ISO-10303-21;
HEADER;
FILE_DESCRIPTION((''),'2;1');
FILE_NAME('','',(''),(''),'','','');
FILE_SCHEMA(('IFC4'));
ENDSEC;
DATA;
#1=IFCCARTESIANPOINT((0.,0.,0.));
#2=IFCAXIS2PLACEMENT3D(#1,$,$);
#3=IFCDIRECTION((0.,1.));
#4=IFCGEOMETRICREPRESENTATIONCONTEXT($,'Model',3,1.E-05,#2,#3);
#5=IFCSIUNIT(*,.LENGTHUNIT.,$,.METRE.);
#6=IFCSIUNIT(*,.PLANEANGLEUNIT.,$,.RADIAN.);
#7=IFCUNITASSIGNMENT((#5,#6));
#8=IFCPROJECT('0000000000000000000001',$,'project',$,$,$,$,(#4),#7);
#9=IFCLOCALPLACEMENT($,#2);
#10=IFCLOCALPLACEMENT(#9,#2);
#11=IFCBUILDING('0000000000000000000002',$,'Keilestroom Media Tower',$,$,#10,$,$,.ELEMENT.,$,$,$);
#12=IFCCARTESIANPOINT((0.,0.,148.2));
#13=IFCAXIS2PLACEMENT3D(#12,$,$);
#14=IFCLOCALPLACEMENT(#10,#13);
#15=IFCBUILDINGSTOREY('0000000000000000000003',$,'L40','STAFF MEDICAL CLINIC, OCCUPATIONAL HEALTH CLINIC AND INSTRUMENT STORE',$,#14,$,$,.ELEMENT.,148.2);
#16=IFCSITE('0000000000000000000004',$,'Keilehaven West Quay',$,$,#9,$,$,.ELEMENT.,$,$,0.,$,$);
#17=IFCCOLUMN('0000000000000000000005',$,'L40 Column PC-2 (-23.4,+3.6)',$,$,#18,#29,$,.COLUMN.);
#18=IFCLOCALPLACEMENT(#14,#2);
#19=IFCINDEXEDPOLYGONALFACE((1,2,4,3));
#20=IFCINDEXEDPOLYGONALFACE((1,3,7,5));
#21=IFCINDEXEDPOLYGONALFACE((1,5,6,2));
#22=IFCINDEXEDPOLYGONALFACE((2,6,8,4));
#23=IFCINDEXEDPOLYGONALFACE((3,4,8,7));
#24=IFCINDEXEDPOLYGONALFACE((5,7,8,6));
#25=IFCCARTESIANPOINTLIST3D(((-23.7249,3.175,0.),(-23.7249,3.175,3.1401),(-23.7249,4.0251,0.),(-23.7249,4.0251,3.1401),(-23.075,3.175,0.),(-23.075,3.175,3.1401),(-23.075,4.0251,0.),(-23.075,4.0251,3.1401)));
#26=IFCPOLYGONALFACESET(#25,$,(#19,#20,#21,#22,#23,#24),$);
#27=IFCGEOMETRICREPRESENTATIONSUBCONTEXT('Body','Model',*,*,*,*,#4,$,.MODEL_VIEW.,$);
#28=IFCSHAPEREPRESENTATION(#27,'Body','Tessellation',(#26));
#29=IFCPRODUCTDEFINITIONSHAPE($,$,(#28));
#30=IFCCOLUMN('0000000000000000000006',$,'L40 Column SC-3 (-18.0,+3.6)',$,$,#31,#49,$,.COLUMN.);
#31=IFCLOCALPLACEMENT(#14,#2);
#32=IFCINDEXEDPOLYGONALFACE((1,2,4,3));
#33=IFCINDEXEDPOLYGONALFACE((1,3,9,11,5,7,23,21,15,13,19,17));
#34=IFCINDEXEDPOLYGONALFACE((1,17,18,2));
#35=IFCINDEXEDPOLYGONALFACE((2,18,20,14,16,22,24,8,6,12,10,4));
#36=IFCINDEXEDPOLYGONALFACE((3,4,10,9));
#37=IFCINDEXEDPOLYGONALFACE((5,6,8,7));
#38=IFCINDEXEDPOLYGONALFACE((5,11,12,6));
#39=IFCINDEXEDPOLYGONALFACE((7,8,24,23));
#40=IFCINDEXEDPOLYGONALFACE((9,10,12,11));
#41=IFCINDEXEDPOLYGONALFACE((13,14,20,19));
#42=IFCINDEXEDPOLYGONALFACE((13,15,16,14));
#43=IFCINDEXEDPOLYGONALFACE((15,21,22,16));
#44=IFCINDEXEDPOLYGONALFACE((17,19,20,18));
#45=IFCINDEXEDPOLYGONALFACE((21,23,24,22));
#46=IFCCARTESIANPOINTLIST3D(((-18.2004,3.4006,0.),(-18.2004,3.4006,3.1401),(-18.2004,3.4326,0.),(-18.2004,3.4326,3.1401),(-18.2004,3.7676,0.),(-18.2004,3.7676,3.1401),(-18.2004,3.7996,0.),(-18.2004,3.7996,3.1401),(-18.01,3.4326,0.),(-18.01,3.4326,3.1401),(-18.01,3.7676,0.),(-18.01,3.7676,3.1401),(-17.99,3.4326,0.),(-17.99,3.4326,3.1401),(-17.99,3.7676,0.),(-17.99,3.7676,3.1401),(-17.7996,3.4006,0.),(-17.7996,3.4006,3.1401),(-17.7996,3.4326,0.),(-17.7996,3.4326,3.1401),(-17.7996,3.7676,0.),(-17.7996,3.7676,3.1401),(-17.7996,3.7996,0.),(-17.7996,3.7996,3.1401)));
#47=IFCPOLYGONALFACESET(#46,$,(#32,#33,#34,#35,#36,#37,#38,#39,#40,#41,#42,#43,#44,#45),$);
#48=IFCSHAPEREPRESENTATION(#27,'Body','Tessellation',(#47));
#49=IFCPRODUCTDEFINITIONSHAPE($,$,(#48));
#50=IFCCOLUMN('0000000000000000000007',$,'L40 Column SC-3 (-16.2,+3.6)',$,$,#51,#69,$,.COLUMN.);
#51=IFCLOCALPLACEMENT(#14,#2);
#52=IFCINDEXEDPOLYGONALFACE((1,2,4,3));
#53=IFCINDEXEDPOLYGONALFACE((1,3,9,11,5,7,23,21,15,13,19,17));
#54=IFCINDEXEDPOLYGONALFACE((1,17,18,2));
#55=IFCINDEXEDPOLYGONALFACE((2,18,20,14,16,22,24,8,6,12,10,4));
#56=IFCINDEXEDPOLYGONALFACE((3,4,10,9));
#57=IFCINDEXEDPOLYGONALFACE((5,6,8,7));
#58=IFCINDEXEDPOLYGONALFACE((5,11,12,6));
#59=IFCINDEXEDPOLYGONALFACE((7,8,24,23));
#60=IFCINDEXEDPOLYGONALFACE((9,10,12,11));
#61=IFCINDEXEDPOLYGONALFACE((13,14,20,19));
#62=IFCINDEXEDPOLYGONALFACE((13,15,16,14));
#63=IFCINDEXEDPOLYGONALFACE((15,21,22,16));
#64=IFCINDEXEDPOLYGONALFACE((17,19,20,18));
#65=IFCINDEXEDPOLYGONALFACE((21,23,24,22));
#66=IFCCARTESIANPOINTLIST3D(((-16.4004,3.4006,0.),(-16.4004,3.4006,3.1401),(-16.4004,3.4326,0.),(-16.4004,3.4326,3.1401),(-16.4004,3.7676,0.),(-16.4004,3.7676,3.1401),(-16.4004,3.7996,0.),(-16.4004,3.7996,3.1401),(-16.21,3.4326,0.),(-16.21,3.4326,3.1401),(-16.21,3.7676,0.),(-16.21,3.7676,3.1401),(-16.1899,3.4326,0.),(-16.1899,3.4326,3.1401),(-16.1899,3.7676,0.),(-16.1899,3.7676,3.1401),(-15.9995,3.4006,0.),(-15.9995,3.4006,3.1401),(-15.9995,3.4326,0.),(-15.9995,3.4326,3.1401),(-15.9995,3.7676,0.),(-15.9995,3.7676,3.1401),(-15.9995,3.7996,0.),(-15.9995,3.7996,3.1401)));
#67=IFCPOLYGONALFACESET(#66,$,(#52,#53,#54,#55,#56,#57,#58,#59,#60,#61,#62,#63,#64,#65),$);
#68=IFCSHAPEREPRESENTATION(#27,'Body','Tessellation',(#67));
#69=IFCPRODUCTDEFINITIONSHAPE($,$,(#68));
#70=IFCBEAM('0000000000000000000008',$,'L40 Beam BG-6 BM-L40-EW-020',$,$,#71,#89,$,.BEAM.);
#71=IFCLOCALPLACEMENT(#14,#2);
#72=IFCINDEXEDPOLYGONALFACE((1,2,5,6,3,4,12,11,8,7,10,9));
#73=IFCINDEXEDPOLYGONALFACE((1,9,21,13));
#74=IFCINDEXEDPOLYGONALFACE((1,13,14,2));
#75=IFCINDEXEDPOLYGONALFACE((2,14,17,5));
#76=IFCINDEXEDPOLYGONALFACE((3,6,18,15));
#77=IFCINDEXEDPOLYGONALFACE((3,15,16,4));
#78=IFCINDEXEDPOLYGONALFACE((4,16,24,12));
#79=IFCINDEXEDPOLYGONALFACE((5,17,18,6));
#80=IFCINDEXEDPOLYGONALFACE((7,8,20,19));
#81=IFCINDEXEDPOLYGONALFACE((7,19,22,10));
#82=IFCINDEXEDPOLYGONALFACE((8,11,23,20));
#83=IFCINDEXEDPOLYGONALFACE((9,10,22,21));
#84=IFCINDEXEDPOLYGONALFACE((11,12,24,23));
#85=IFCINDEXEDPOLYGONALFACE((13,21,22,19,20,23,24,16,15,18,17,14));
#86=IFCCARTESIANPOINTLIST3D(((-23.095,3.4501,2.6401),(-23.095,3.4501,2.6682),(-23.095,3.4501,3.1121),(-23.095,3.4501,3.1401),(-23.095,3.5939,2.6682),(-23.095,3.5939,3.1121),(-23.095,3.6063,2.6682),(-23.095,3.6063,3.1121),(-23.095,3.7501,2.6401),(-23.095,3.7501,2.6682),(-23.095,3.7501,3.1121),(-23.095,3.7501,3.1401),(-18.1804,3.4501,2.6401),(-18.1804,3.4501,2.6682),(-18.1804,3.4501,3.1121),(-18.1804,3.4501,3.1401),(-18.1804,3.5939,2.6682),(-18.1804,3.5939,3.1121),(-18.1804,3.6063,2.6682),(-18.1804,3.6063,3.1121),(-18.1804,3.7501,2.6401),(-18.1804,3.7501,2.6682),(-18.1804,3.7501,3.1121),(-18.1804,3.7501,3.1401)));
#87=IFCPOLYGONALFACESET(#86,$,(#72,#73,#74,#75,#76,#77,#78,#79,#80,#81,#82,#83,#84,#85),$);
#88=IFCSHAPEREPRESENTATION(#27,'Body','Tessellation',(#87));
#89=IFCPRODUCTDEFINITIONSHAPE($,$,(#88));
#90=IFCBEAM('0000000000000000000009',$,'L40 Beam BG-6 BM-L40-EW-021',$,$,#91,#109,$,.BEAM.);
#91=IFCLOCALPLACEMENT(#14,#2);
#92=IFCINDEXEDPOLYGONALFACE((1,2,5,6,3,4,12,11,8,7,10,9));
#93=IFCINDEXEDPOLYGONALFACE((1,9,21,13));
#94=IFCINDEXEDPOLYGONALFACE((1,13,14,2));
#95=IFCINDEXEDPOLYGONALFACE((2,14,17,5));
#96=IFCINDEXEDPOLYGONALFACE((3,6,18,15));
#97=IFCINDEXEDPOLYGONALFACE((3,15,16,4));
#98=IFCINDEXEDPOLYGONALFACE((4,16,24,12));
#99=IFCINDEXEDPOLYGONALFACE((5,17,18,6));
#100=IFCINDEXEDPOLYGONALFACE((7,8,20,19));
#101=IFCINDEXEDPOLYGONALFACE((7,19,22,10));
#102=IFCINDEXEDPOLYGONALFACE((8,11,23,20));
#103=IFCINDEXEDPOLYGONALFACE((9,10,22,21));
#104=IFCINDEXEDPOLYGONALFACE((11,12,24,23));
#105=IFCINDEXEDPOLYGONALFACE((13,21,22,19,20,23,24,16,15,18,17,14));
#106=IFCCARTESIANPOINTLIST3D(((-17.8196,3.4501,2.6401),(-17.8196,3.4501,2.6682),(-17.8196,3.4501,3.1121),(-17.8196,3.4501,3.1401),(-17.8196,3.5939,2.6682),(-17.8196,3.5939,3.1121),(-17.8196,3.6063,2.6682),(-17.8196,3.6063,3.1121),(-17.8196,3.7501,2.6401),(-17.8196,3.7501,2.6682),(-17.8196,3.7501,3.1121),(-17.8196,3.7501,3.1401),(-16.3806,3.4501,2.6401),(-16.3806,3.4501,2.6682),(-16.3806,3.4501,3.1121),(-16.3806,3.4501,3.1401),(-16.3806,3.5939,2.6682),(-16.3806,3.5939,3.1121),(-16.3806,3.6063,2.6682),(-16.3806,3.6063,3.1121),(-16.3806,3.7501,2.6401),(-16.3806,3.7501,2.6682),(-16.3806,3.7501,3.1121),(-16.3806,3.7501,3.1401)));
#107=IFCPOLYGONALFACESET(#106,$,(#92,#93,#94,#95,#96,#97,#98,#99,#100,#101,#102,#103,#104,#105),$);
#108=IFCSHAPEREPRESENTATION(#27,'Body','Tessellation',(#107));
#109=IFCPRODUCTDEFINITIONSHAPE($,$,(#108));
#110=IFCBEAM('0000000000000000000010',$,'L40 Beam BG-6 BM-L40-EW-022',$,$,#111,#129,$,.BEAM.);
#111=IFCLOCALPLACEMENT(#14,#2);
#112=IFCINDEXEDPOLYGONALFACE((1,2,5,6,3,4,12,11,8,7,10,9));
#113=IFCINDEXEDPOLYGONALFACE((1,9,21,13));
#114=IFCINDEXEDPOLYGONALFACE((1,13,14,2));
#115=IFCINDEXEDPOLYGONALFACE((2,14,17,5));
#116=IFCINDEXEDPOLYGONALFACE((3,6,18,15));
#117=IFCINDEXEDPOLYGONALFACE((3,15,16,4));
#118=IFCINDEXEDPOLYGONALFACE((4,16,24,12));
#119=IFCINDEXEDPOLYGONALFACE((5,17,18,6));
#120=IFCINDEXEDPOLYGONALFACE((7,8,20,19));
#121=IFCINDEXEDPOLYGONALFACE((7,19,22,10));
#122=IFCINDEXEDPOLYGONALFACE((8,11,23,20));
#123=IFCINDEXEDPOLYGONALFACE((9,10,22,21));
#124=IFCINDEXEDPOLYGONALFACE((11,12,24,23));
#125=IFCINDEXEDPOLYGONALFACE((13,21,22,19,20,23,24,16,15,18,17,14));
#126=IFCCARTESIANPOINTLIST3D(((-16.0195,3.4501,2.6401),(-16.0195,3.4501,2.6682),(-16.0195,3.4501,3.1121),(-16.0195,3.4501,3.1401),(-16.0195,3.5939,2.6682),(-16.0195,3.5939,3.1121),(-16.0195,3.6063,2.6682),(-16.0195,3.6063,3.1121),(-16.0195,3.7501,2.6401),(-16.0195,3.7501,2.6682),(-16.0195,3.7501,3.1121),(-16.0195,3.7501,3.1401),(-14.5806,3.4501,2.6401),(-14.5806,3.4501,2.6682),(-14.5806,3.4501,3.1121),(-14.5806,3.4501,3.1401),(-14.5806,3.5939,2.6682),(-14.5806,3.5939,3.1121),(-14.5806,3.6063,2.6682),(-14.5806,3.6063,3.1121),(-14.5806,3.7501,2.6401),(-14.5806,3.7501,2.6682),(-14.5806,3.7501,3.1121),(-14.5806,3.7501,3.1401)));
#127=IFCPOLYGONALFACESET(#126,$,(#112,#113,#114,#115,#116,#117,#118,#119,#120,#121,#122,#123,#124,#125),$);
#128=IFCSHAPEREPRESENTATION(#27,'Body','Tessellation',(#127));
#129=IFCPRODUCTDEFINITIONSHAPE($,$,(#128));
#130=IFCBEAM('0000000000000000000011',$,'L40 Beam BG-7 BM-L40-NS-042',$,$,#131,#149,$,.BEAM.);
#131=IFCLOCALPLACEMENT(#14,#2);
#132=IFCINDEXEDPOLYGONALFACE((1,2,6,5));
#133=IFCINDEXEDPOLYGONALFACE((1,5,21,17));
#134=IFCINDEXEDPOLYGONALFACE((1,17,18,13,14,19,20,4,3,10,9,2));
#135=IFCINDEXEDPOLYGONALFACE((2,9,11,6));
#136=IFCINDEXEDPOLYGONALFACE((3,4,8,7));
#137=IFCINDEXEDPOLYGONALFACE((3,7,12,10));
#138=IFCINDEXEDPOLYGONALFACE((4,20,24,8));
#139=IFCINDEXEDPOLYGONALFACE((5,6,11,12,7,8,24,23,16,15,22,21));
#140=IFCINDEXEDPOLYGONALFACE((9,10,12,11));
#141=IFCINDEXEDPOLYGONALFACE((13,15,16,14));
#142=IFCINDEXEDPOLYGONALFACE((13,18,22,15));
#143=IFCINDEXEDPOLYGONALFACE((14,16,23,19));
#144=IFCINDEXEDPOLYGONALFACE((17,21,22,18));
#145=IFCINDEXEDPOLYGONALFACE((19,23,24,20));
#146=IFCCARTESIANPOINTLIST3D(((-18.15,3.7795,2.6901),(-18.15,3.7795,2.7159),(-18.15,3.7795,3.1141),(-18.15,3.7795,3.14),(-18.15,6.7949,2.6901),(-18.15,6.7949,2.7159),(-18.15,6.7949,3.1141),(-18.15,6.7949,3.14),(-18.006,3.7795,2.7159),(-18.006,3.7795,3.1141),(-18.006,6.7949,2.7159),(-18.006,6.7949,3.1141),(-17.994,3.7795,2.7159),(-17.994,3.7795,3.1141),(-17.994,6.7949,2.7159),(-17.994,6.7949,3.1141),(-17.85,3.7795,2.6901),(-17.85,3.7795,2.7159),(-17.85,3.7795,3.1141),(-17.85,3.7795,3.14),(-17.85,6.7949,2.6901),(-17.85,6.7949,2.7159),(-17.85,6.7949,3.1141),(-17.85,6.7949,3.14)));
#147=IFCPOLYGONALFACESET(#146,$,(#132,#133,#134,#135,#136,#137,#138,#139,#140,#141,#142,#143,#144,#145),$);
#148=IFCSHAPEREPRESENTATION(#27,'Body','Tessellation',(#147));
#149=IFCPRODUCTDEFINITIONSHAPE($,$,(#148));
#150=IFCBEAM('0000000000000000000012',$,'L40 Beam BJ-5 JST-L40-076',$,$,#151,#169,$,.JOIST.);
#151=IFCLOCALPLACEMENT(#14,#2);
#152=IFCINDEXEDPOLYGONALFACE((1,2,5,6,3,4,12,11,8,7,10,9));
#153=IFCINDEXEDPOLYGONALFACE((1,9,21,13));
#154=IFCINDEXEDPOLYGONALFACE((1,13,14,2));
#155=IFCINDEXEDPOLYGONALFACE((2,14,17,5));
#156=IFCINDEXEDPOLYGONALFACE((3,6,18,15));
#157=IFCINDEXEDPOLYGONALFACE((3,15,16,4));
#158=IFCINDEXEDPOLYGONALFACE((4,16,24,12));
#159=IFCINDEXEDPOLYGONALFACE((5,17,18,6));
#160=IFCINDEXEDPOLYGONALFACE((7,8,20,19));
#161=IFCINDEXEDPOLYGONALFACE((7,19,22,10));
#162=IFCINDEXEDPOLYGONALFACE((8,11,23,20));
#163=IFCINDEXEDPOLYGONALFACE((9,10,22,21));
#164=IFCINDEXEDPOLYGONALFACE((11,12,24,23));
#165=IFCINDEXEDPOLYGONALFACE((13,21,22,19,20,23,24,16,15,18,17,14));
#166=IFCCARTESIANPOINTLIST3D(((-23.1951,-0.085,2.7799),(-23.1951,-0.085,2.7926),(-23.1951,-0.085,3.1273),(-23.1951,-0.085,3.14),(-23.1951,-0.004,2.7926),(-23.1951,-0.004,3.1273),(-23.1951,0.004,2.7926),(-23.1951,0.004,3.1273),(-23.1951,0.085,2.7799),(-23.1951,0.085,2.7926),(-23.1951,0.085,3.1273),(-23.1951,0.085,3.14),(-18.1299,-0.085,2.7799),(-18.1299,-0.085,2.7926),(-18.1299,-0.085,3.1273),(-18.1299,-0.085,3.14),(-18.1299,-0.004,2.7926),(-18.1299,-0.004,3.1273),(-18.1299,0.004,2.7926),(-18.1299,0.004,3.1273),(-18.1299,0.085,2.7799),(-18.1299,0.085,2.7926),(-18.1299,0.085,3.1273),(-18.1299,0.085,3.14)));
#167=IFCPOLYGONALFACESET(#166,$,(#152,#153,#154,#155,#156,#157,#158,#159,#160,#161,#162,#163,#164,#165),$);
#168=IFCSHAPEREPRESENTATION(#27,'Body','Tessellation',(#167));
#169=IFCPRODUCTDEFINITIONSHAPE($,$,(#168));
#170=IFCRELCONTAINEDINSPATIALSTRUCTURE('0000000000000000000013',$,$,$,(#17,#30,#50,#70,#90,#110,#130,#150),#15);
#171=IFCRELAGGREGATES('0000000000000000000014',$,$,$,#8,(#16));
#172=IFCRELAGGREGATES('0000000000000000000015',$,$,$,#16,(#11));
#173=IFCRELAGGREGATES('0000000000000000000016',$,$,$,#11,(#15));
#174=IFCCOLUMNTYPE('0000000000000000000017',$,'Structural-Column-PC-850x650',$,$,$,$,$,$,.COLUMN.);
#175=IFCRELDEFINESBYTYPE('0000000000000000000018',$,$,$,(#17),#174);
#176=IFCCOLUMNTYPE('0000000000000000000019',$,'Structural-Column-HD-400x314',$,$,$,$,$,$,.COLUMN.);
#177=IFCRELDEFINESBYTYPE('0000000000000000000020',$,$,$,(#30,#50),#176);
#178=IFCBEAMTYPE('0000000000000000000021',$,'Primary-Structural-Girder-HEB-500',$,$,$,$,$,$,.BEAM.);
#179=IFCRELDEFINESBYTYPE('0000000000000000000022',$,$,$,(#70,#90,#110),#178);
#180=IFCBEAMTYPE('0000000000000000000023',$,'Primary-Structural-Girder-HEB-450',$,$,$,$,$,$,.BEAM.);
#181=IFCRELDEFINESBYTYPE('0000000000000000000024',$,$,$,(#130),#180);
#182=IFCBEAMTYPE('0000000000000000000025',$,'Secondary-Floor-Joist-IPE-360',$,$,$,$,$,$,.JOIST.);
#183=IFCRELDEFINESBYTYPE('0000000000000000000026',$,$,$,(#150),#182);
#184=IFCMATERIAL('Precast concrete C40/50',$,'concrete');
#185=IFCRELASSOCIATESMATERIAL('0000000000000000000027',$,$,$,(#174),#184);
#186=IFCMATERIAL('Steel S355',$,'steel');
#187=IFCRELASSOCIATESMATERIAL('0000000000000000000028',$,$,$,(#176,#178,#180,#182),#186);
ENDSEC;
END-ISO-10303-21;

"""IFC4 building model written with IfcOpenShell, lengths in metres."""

from ifc_helpers import new_model, si_unit, direction, frame, origin, origin_2d, place, context, subcontext, project, spatial, rectangle, i_section, extrude, source, transform, mapped, material, material_profile, profile_set, type_object, element, save


model = new_model("IFC4")

# Units and contexts
model_context = context("Model", 3, precision=1e-05, world=origin(), true_north=direction((0.0, 1.0)))
body_context = subcontext(model_context, "Body", "Model", "MODEL_VIEW")
ifc_project = project(units=[si_unit("LENGTHUNIT", "METRE"), si_unit("PLANEANGLEUNIT", "RADIAN")], contexts=[model_context])

# Site, building, storey
site_placement = place(None, origin())
site = spatial("IfcSite", under=ifc_project, at=site_placement, Name="Keilehaven West Quay", CompositionType="ELEMENT", RefElevation=0.0)
building_placement = place(site_placement, origin())
building = spatial("IfcBuilding", under=site, at=building_placement, Name="Keilestroom Media Tower", CompositionType="ELEMENT")
storey_placement = place(building_placement, frame((0.0, 0.0, 148.2)))
storey = spatial("IfcBuildingStorey", under=building, at=storey_placement, Name="L40", Description="STAFF MEDICAL CLINIC, OCCUPATIONAL HEALTH CLINIC AND INSTRUMENT STORE", CompositionType="ELEMENT", Elevation=148.2)

# Columns
ifc_material_1 = material(Name="Precast concrete C40/50", Category="concrete")
ifc_material_profile_1 = material_profile(ifc_material_1, rectangle(XDim=0.6499, YDim=0.8501, at=origin_2d()), Name="PC 850x650")
ifc_profile_set_1 = profile_set([ifc_material_profile_1], Name="Precast concrete C40/50")
column_type_1 = type_object("IfcColumnType", Name="Structural-Column-PC-850x650", PredefinedType="COLUMN", material=ifc_profile_set_1)
shared_shape_1 = source(origin(), body_context, "Body", "SweptSolid", [
    extrude(rectangle(XDim=0.6499, YDim=0.8501, at=origin_2d()), origin(), (0.0, 0.0, 1.0), 3.1401),
])
column_placement = place(storey_placement, frame((-23.3999, 3.6001, 0.0), z_axis=(0.0, 0.0, 1.0), x_axis=(1.0, 0.0, 0.0)))
element("IfcColumn", 1, at=column_placement, inside=storey, type_object=column_type_1, Name="L40 Column PC-2 (-23.4,+3.6)", PredefinedType="COLUMN", context=body_context, shape_type="MappedRepresentation", body=[
    mapped(shared_shape_1, transform((0.0, 0.0, 0.0), x_axis=(1.0, 0.0, 0.0), y_axis=(0.0, 1.0, 0.0), z_axis=(0.0, 0.0, 1.0), scale=1.0)),
])
ifc_material_2 = material(Name="Steel S355", Category="steel")
ifc_material_profile_2 = material_profile(ifc_material_2, i_section(OverallWidth=0.4009, OverallDepth=0.3989, WebThickness=0.02, FlangeThickness=0.032, at=origin_2d()), Name="HD 400x314")
ifc_profile_set_2 = profile_set([ifc_material_profile_2], Name="Steel S355")
column_type_2 = type_object("IfcColumnType", Name="Structural-Column-HD-400x314", PredefinedType="COLUMN", material=ifc_profile_set_2)
shared_shape_2 = source(origin(), body_context, "Body", "SweptSolid", [
    extrude(i_section(OverallWidth=0.4009, OverallDepth=0.3989, WebThickness=0.02, FlangeThickness=0.032, at=origin_2d()), origin(), (0.0, 0.0, 1.0), 3.1401),
])
for number, where, z_axis, x_axis, name in (
    (2, (-18.0, 3.6001, 0.0), (0.0, 0.0, 1.0), (1.0, 0.0, 0.0), "L40 Column SC-3 (-18.0,+3.6)"),
    (3, (-16.2, 3.6001, 0.0), (0.0, 0.0, 1.0), (1.0, 0.0, 0.0), "L40 Column SC-3 (-16.2,+3.6)"),
):
    element("IfcColumn", number, at=place(storey_placement, frame(where, z_axis=z_axis, x_axis=x_axis)), inside=storey, type_object=column_type_2, Name=name, PredefinedType="COLUMN", context=body_context, shape_type="MappedRepresentation", body=[
        mapped(shared_shape_2, transform((0.0, 0.0, 0.0), x_axis=(1.0, 0.0, 0.0), y_axis=(0.0, 1.0, 0.0), z_axis=(0.0, 0.0, 1.0), scale=1.0)),
    ])

# Beams
ifc_material_profile_3 = material_profile(ifc_material_2, i_section(OverallWidth=0.3, OverallDepth=0.5, WebThickness=0.0125, FlangeThickness=0.0281, at=origin_2d()), Name="HEB 500")
ifc_profile_set_3 = profile_set([ifc_material_profile_3], Name="Steel S355")
beam_type_1 = type_object("IfcBeamType", Name="Primary-Structural-Girder-HEB-500", PredefinedType="BEAM", material=ifc_profile_set_3)
shared_shape_3 = source(origin(), body_context, "Body", "SweptSolid", [
    extrude(i_section(OverallWidth=0.3, OverallDepth=0.5, WebThickness=0.0125, FlangeThickness=0.0281, at=origin_2d()), origin(), (0.0, 0.0, 1.0), 4.9146),
])
beam_1_placement = place(storey_placement, frame((-23.095, 3.6001, 2.8901), z_axis=(1.0, 0.0, 0.0), x_axis=(0.0, 1.0, 0.0)))
element("IfcBeam", 4, at=beam_1_placement, inside=storey, type_object=beam_type_1, Name="L40 Beam BG-6 BM-L40-EW-020", PredefinedType="BEAM", context=body_context, shape_type="MappedRepresentation", body=[
    mapped(shared_shape_3, transform((0.0, 0.0, 0.0), x_axis=(1.0, 0.0, 0.0), y_axis=(0.0, 1.0, 0.0), z_axis=(0.0, 0.0, 1.0), scale=1.0)),
])
shared_shape_4 = source(origin(), body_context, "Body", "SweptSolid", [
    extrude(i_section(OverallWidth=0.3, OverallDepth=0.5, WebThickness=0.0125, FlangeThickness=0.0281, at=origin_2d()), origin(), (0.0, 0.0, 1.0), 1.439),
])
for number, where, z_axis, x_axis, name in (
    (5, (-17.8196, 3.6001, 2.8901), (1.0, 0.0, 0.0), (0.0, 1.0, 0.0), "L40 Beam BG-6 BM-L40-EW-021"),
    (6, (-16.0195, 3.6001, 2.8901), (1.0, 0.0, 0.0), (0.0, 1.0, 0.0), "L40 Beam BG-6 BM-L40-EW-022"),
):
    element("IfcBeam", number, at=place(storey_placement, frame(where, z_axis=z_axis, x_axis=x_axis)), inside=storey, type_object=beam_type_1, Name=name, PredefinedType="BEAM", context=body_context, shape_type="MappedRepresentation", body=[
        mapped(shared_shape_4, transform((0.0, 0.0, 0.0), x_axis=(1.0, 0.0, 0.0), y_axis=(0.0, 1.0, 0.0), z_axis=(0.0, 0.0, 1.0), scale=1.0)),
    ])
ifc_material_profile_4 = material_profile(ifc_material_2, i_section(OverallWidth=0.3, OverallDepth=0.45, WebThickness=0.012, FlangeThickness=0.0259, at=origin_2d()), Name="HEB 450")
ifc_profile_set_4 = profile_set([ifc_material_profile_4], Name="Steel S355")
beam_type_2 = type_object("IfcBeamType", Name="Primary-Structural-Girder-HEB-450", PredefinedType="BEAM", material=ifc_profile_set_4)
shared_shape_5 = source(origin(), body_context, "Body", "SweptSolid", [
    extrude(i_section(OverallWidth=0.3, OverallDepth=0.45, WebThickness=0.012, FlangeThickness=0.0259, at=origin_2d()), origin(), (0.0, 0.0, 1.0), 3.0154),
])
beam_2_placement = place(storey_placement, frame((-18.0, 3.7795, 2.915), z_axis=(0.0, 1.0, 0.0), x_axis=(-1.0, 0.0, 0.0)))
element("IfcBeam", 7, at=beam_2_placement, inside=storey, type_object=beam_type_2, Name="L40 Beam BG-7 BM-L40-NS-042", PredefinedType="BEAM", context=body_context, shape_type="MappedRepresentation", body=[
    mapped(shared_shape_5, transform((0.0, 0.0, 0.0), x_axis=(1.0, 0.0, 0.0), y_axis=(0.0, 1.0, 0.0), z_axis=(0.0, 0.0, 1.0), scale=1.0)),
])
ifc_material_profile_5 = material_profile(ifc_material_2, i_section(OverallWidth=0.1699, OverallDepth=0.3601, WebThickness=0.0081, FlangeThickness=0.0127, at=origin_2d()), Name="IPE 360")
ifc_profile_set_5 = profile_set([ifc_material_profile_5], Name="Steel S355")
beam_type_3 = type_object("IfcBeamType", Name="Secondary-Floor-Joist-IPE-360", PredefinedType="JOIST", material=ifc_profile_set_5)
shared_shape_6 = source(origin(), body_context, "Body", "SweptSolid", [
    extrude(i_section(OverallWidth=0.1699, OverallDepth=0.3601, WebThickness=0.0081, FlangeThickness=0.0127, at=origin_2d()), origin(), (0.0, 0.0, 1.0), 5.0652),
])
for number, where, z_axis, x_axis, name in (
    (8, (-23.1951, 0.0, 2.96), (1.0, 0.0, 0.0), (0.0, 1.0, 0.0), "L40 Beam BJ-5 JST-L40-076"),
):
    element("IfcBeam", number, at=place(storey_placement, frame(where, z_axis=z_axis, x_axis=x_axis)), inside=storey, type_object=beam_type_3, Name=name, PredefinedType="JOIST", context=body_context, shape_type="MappedRepresentation", body=[
        mapped(shared_shape_6, transform((0.0, 0.0, 0.0), x_axis=(1.0, 0.0, 0.0), y_axis=(0.0, 1.0, 0.0), z_axis=(0.0, 0.0, 1.0), scale=1.0)),
    ])

save(model, "model.ifc")
